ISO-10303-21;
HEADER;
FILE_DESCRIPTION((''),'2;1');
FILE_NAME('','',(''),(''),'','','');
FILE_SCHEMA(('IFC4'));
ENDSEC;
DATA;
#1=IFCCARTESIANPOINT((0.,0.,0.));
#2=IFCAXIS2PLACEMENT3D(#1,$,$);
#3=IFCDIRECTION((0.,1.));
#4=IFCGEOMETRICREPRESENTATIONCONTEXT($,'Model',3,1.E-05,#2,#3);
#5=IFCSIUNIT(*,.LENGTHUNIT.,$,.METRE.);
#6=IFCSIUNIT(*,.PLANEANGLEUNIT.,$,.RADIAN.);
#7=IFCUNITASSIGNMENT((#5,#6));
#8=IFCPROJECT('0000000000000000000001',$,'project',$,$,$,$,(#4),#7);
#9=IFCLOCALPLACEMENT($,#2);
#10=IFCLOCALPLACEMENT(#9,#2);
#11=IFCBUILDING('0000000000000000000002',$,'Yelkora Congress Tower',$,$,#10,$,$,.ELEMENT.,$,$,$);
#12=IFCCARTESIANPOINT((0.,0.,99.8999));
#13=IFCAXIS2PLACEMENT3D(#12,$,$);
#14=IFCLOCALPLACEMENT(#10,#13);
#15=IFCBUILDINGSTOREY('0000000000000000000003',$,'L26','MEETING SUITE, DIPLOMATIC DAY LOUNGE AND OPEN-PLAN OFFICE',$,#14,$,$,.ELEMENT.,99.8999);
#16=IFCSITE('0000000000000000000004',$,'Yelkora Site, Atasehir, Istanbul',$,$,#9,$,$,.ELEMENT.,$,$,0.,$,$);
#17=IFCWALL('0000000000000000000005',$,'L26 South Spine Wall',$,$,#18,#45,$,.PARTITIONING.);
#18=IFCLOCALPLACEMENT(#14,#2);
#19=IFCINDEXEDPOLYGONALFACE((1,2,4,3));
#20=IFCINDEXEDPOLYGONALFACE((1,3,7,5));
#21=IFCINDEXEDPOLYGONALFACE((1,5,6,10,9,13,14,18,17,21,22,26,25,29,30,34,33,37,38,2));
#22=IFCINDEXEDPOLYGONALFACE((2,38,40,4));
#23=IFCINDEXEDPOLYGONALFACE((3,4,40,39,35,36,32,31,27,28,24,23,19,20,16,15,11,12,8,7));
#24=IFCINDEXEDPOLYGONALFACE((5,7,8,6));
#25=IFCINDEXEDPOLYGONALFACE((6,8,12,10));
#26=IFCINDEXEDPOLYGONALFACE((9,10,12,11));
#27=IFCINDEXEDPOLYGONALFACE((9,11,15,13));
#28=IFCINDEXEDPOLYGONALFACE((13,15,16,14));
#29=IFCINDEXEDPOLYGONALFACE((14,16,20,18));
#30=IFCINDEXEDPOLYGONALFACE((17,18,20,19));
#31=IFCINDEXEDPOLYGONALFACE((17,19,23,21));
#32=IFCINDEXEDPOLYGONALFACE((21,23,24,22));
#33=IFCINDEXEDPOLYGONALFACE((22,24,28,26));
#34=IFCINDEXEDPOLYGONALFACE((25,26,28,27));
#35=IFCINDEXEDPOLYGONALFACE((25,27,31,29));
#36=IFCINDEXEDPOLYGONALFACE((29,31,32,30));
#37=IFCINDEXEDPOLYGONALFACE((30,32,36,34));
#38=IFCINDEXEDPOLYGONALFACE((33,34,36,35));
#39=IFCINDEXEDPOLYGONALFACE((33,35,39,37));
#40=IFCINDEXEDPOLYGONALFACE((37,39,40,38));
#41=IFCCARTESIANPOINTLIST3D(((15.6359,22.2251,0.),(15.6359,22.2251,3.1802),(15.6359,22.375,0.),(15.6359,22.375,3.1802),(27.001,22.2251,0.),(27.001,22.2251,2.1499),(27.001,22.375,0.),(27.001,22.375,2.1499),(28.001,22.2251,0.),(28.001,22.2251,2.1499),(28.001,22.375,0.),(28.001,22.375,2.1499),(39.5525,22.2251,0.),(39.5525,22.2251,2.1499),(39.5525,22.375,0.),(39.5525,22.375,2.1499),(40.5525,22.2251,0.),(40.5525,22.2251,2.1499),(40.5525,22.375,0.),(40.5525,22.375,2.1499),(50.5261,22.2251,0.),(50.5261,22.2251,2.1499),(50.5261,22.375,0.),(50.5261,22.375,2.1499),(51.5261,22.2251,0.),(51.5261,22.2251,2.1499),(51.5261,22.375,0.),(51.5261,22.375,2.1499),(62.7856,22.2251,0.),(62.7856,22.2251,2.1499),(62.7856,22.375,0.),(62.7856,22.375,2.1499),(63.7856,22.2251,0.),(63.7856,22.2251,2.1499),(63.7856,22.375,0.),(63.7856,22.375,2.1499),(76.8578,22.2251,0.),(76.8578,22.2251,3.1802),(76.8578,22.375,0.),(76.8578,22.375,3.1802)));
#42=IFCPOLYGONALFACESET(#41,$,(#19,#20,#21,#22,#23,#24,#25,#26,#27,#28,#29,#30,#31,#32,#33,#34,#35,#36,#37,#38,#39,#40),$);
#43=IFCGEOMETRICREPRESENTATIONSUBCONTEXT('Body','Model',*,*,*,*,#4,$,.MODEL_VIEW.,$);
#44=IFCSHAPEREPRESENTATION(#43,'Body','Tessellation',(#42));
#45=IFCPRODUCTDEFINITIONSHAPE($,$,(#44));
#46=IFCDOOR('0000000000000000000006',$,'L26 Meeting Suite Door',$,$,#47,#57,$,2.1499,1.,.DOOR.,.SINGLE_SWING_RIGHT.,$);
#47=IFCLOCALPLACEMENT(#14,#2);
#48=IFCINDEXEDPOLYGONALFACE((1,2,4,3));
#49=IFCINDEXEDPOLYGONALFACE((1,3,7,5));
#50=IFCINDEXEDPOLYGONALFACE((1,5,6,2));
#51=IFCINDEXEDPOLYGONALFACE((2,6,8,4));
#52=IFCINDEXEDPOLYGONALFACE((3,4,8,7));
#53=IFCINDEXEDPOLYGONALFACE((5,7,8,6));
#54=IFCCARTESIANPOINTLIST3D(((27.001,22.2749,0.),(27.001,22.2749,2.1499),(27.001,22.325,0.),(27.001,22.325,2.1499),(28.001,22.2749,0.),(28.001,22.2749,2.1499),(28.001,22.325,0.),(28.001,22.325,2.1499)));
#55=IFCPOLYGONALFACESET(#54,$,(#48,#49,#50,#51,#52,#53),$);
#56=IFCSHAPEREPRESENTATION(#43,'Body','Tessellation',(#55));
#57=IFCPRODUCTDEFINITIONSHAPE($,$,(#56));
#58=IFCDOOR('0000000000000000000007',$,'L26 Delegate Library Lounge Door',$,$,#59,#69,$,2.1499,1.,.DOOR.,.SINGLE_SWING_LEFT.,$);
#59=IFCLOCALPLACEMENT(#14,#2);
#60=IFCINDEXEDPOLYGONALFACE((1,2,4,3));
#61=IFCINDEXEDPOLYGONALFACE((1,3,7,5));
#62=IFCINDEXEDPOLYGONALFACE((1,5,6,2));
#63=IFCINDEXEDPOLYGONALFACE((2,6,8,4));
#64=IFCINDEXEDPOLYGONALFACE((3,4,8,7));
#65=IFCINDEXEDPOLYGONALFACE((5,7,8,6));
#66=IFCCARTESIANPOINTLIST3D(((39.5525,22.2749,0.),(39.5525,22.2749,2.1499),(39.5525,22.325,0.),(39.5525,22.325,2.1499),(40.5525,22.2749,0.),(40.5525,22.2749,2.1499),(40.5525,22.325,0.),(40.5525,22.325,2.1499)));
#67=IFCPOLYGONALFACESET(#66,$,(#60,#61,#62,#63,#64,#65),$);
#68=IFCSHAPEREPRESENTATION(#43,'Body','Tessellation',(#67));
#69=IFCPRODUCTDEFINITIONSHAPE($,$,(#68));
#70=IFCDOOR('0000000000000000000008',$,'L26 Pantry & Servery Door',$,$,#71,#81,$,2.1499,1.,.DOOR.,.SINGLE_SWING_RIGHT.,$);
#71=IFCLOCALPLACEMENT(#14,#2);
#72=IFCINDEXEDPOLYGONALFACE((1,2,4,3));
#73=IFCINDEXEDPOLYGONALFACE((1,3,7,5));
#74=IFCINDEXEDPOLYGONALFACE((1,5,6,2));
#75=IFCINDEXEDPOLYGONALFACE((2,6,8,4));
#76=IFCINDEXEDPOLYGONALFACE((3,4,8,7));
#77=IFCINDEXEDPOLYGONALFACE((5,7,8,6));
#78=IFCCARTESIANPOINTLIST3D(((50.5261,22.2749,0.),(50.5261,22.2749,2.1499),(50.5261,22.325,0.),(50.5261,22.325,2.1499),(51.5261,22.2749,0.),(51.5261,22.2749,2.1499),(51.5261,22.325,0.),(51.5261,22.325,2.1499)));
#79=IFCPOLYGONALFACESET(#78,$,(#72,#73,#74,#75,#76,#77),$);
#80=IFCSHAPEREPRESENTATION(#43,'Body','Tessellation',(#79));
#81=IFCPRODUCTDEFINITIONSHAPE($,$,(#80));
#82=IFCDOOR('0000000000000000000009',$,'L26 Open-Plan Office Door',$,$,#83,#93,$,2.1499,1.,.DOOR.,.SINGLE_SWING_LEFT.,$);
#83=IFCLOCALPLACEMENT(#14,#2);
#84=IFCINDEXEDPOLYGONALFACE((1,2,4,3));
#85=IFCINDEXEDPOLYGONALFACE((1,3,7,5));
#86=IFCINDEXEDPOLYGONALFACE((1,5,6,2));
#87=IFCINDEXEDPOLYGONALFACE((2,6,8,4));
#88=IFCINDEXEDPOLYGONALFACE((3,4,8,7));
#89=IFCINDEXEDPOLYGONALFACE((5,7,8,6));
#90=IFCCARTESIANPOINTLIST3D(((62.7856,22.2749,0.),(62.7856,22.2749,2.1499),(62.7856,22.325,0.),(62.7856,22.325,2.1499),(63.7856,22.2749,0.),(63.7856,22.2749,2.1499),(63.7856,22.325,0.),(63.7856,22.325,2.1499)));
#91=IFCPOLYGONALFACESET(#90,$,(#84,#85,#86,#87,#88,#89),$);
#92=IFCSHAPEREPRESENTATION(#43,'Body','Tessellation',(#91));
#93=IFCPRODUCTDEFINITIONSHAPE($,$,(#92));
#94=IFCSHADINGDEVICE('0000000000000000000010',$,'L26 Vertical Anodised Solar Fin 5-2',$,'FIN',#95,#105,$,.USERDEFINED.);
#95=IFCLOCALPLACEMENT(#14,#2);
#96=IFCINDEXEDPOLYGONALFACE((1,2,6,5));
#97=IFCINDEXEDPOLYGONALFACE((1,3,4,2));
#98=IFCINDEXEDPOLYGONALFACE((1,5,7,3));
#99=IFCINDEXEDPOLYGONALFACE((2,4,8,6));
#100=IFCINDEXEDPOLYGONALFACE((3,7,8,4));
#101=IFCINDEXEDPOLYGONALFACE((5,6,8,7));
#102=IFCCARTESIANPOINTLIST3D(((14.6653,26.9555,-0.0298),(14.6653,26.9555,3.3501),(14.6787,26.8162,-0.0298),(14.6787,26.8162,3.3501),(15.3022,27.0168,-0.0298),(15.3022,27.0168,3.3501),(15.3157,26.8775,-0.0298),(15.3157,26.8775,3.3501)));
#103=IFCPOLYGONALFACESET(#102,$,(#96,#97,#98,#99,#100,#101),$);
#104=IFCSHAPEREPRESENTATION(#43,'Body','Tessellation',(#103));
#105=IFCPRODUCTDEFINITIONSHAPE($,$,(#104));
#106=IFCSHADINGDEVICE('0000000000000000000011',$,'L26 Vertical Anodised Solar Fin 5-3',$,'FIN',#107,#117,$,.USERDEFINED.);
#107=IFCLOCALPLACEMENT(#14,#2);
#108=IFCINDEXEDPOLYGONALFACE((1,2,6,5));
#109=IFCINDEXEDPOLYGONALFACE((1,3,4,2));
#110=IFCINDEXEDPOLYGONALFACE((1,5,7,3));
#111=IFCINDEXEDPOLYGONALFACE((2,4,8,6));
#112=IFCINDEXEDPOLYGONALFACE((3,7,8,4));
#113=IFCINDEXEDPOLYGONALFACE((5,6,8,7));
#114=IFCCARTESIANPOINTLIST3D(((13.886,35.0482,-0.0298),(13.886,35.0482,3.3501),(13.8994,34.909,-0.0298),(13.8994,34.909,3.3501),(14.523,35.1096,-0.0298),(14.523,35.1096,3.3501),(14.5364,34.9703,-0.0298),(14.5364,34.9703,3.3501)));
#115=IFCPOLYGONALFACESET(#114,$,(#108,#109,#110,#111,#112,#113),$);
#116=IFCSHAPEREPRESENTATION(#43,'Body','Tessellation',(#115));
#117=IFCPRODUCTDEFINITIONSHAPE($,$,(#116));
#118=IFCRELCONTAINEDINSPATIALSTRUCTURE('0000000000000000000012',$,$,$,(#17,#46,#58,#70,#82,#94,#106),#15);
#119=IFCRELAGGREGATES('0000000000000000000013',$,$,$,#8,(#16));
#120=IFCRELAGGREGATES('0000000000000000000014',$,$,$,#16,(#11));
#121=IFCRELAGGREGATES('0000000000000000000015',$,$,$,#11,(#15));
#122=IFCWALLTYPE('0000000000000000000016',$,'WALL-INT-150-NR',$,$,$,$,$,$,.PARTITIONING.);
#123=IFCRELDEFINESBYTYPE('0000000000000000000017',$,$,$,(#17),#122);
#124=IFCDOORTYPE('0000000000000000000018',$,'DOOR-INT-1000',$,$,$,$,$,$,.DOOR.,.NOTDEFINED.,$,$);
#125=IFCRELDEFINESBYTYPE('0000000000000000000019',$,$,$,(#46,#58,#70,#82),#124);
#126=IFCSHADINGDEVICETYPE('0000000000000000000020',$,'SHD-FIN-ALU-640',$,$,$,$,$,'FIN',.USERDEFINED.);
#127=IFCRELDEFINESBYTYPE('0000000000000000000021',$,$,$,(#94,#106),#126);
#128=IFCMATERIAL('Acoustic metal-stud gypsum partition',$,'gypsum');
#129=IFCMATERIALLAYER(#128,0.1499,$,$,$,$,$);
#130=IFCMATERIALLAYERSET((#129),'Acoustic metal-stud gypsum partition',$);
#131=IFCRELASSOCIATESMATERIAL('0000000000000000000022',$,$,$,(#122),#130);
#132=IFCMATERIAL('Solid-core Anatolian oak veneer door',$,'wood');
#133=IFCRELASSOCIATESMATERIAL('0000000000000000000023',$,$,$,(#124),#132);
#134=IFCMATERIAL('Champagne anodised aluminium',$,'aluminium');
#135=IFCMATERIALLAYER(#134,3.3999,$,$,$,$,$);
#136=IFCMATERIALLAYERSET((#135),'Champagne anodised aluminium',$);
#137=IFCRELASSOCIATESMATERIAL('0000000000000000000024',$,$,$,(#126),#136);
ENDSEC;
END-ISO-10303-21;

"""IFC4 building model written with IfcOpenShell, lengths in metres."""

from ifc_helpers import new_model, si_unit, direction, frame, frame_2d, origin, origin_2d, place, context, subcontext, project, spatial, rectangle, extrude, material, layer, layer_set, type_object, element, fill, save


model = new_model("IFC4")

# Units and contexts
model_context = context("Model", 3, precision=1e-05, world=origin(), true_north=direction((0.0, 1.0)))
body_context = subcontext(model_context, "Body", "Model", "MODEL_VIEW")
ifc_project = project(units=[si_unit("LENGTHUNIT", "METRE"), si_unit("PLANEANGLEUNIT", "RADIAN")], contexts=[model_context])

# Site, building, storey
site_placement = place(None, origin())
site = spatial("IfcSite", under=ifc_project, at=site_placement, Name="Yelkora Site, Atasehir, Istanbul", CompositionType="ELEMENT", RefElevation=0.0)
building_placement = place(site_placement, origin())
building = spatial("IfcBuilding", under=site, at=building_placement, Name="Yelkora Congress Tower", CompositionType="ELEMENT")
storey_placement = place(building_placement, frame((0.0, 0.0, 99.8999)))
storey = spatial("IfcBuildingStorey", under=building, at=storey_placement, Name="L26", Description="MEETING SUITE, DIPLOMATIC DAY LOUNGE AND OPEN-PLAN OFFICE", CompositionType="ELEMENT", Elevation=99.8999)

# Wall, openings, doors
ifc_material_1 = material(Name="Acoustic metal-stud gypsum partition", Category="gypsum")
ifc_layer_1 = layer(ifc_material_1, 0.1499)
ifc_layer_set_1 = layer_set([ifc_layer_1], Name="Acoustic metal-stud gypsum partition")
wall_type = type_object("IfcWallType", Name="WALL-INT-150-NR", PredefinedType="PARTITIONING", material=ifc_layer_set_1)
wall_placement = place(storey_placement, frame((15.636, 22.3, 0.0), z_axis=(0.0, 0.0, 1.0), x_axis=(1.0, 0.0, 0.0)))
wall = element("IfcWall", 1, at=wall_placement, inside=storey, type_object=wall_type, Name="L26 South Spine Wall", PredefinedType="PARTITIONING", context=body_context, shape_type="SweptSolid", body=[
    extrude(rectangle(XDim=61.2219, YDim=0.1499, at=frame_2d((30.6108, 0.0))), origin(), (0.0, 0.0, 1.0), 3.1802),
])
opening_1_placement = place(wall_placement, frame((11.365, 0.0, 0.0)))
opening_1 = element("IfcOpeningElement", 2, at=opening_1_placement, cuts=wall, PredefinedType="OPENING", context=body_context, shape_type="SweptSolid", body=[
    extrude(rectangle(XDim=1.0, YDim=2.1499, at=frame_2d((0.5, 1.075))), frame((0.0, 0.085, 0.0), z_axis=(0.0, -1.0, 0.0), x_axis=(1.0, 0.0, 0.0)), (0.0, 0.0, 1.0), 0.1699),
])
opening_2_placement = place(wall_placement, frame((23.9165, 0.0, 0.0)))
opening_2 = element("IfcOpeningElement", 3, at=opening_2_placement, cuts=wall, PredefinedType="OPENING", context=body_context, shape_type="SweptSolid", body=[
    extrude(rectangle(XDim=1.0, YDim=2.1499, at=frame_2d((0.5, 1.075))), frame((0.0, 0.085, 0.0), z_axis=(0.0, -1.0, 0.0), x_axis=(1.0, 0.0, 0.0)), (0.0, 0.0, 1.0), 0.1699),
])
opening_3_placement = place(wall_placement, frame((34.8901, 0.0, 0.0)))
opening_3 = element("IfcOpeningElement", 4, at=opening_3_placement, cuts=wall, PredefinedType="OPENING", context=body_context, shape_type="SweptSolid", body=[
    extrude(rectangle(XDim=1.0, YDim=2.1499, at=frame_2d((0.5, 1.075))), frame((0.0, 0.085, 0.0), z_axis=(0.0, -1.0, 0.0), x_axis=(1.0, 0.0, 0.0)), (0.0, 0.0, 1.0), 0.1699),
])
opening_4_placement = place(wall_placement, frame((47.1497, 0.0, 0.0)))
opening_4 = element("IfcOpeningElement", 5, at=opening_4_placement, cuts=wall, PredefinedType="OPENING", context=body_context, shape_type="SweptSolid", body=[
    extrude(rectangle(XDim=1.0, YDim=2.1499, at=frame_2d((0.5, 1.075))), frame((0.0, 0.085, 0.0), z_axis=(0.0, -1.0, 0.0), x_axis=(1.0, 0.0, 0.0)), (0.0, 0.0, 1.0), 0.1699),
])
ifc_material_2 = material(Name="Solid-core Anatolian oak veneer door", Category="wood")
door_type = type_object("IfcDoorType", Name="DOOR-INT-1000", OperationType="NOTDEFINED", PredefinedType="DOOR", material=ifc_material_2)
door_1_placement = place(opening_1_placement, origin())
door_1 = element("IfcDoor", 6, at=door_1_placement, inside=storey, type_object=door_type, Name="L26 Meeting Suite Door", OperationType="SINGLE_SWING_RIGHT", OverallHeight=2.1499, OverallWidth=1.0, PredefinedType="DOOR", context=body_context, shape_type="SweptSolid", body=[
    extrude(rectangle(XDim=1.0, YDim=2.1499, at=frame_2d((0.5, 1.075))), frame((0.0, 0.0249, 0.0), z_axis=(0.0, -1.0, 0.0), x_axis=(1.0, 0.0, 0.0)), (0.0, 0.0, 1.0), 0.05),
])
fill(opening_1, door_1)
door_2_placement = place(opening_2_placement, origin())
door_2 = element("IfcDoor", 7, at=door_2_placement, inside=storey, type_object=door_type, Name="L26 Delegate Library Lounge Door", OperationType="SINGLE_SWING_LEFT", OverallHeight=2.1499, OverallWidth=1.0, PredefinedType="DOOR", context=body_context, shape_type="SweptSolid", body=[
    extrude(rectangle(XDim=1.0, YDim=2.1499, at=frame_2d((0.5, 1.075))), frame((0.0, 0.0249, 0.0), z_axis=(0.0, -1.0, 0.0), x_axis=(1.0, 0.0, 0.0)), (0.0, 0.0, 1.0), 0.05),
])
fill(opening_2, door_2)
door_3_placement = place(opening_3_placement, origin())
door_3 = element("IfcDoor", 8, at=door_3_placement, inside=storey, type_object=door_type, Name="L26 Pantry & Servery Door", OperationType="SINGLE_SWING_RIGHT", OverallHeight=2.1499, OverallWidth=1.0, PredefinedType="DOOR", context=body_context, shape_type="SweptSolid", body=[
    extrude(rectangle(XDim=1.0, YDim=2.1499, at=frame_2d((0.5, 1.075))), frame((0.0, 0.0249, 0.0), z_axis=(0.0, -1.0, 0.0), x_axis=(1.0, 0.0, 0.0)), (0.0, 0.0, 1.0), 0.05),
])
fill(opening_3, door_3)
door_4_placement = place(opening_4_placement, origin())
door_4 = element("IfcDoor", 9, at=door_4_placement, inside=storey, type_object=door_type, Name="L26 Open-Plan Office Door", OperationType="SINGLE_SWING_LEFT", OverallHeight=2.1499, OverallWidth=1.0, PredefinedType="DOOR", context=body_context, shape_type="SweptSolid", body=[
    extrude(rectangle(XDim=1.0, YDim=2.1499, at=frame_2d((0.5, 1.075))), frame((0.0, 0.0249, 0.0), z_axis=(0.0, -1.0, 0.0), x_axis=(1.0, 0.0, 0.0)), (0.0, 0.0, 1.0), 0.05),
])
fill(opening_4, door_4)

# Shading devices
ifc_material_3 = material(Name="Champagne anodised aluminium", Category="aluminium")
ifc_layer_2 = layer(ifc_material_3, 3.3999)
ifc_layer_set_2 = layer_set([ifc_layer_2], Name="Champagne anodised aluminium")
shading_device_type = type_object("IfcShadingDeviceType", Name="SHD-FIN-ALU-640", ElementType="FIN", PredefinedType="USERDEFINED", material=ifc_layer_set_2)
for number, where, z_axis, x_axis, name in (
    (10, (14.9905, 26.9165, -0.0298), (0.0, 0.0, 1.0), (-0.095846, 0.995396, 0.0), "L26 Vertical Anodised Solar Fin 5-2"),
    (11, (14.2112, 35.0093, -0.0298), (0.0, 0.0, 1.0), (-0.095846, 0.995396, 0.0), "L26 Vertical Anodised Solar Fin 5-3"),
):
    element("IfcShadingDevice", number, at=place(storey_placement, frame(where, z_axis=z_axis, x_axis=x_axis)), inside=storey, type_object=shading_device_type, Name=name, ObjectType="FIN", PredefinedType="USERDEFINED", context=body_context, shape_type="SweptSolid", body=[
        extrude(rectangle(XDim=0.1399, YDim=0.6399, at=origin_2d()), origin(), (0.0, 0.0, 1.0), 3.3799),
    ])

save(model, "model.ifc")
